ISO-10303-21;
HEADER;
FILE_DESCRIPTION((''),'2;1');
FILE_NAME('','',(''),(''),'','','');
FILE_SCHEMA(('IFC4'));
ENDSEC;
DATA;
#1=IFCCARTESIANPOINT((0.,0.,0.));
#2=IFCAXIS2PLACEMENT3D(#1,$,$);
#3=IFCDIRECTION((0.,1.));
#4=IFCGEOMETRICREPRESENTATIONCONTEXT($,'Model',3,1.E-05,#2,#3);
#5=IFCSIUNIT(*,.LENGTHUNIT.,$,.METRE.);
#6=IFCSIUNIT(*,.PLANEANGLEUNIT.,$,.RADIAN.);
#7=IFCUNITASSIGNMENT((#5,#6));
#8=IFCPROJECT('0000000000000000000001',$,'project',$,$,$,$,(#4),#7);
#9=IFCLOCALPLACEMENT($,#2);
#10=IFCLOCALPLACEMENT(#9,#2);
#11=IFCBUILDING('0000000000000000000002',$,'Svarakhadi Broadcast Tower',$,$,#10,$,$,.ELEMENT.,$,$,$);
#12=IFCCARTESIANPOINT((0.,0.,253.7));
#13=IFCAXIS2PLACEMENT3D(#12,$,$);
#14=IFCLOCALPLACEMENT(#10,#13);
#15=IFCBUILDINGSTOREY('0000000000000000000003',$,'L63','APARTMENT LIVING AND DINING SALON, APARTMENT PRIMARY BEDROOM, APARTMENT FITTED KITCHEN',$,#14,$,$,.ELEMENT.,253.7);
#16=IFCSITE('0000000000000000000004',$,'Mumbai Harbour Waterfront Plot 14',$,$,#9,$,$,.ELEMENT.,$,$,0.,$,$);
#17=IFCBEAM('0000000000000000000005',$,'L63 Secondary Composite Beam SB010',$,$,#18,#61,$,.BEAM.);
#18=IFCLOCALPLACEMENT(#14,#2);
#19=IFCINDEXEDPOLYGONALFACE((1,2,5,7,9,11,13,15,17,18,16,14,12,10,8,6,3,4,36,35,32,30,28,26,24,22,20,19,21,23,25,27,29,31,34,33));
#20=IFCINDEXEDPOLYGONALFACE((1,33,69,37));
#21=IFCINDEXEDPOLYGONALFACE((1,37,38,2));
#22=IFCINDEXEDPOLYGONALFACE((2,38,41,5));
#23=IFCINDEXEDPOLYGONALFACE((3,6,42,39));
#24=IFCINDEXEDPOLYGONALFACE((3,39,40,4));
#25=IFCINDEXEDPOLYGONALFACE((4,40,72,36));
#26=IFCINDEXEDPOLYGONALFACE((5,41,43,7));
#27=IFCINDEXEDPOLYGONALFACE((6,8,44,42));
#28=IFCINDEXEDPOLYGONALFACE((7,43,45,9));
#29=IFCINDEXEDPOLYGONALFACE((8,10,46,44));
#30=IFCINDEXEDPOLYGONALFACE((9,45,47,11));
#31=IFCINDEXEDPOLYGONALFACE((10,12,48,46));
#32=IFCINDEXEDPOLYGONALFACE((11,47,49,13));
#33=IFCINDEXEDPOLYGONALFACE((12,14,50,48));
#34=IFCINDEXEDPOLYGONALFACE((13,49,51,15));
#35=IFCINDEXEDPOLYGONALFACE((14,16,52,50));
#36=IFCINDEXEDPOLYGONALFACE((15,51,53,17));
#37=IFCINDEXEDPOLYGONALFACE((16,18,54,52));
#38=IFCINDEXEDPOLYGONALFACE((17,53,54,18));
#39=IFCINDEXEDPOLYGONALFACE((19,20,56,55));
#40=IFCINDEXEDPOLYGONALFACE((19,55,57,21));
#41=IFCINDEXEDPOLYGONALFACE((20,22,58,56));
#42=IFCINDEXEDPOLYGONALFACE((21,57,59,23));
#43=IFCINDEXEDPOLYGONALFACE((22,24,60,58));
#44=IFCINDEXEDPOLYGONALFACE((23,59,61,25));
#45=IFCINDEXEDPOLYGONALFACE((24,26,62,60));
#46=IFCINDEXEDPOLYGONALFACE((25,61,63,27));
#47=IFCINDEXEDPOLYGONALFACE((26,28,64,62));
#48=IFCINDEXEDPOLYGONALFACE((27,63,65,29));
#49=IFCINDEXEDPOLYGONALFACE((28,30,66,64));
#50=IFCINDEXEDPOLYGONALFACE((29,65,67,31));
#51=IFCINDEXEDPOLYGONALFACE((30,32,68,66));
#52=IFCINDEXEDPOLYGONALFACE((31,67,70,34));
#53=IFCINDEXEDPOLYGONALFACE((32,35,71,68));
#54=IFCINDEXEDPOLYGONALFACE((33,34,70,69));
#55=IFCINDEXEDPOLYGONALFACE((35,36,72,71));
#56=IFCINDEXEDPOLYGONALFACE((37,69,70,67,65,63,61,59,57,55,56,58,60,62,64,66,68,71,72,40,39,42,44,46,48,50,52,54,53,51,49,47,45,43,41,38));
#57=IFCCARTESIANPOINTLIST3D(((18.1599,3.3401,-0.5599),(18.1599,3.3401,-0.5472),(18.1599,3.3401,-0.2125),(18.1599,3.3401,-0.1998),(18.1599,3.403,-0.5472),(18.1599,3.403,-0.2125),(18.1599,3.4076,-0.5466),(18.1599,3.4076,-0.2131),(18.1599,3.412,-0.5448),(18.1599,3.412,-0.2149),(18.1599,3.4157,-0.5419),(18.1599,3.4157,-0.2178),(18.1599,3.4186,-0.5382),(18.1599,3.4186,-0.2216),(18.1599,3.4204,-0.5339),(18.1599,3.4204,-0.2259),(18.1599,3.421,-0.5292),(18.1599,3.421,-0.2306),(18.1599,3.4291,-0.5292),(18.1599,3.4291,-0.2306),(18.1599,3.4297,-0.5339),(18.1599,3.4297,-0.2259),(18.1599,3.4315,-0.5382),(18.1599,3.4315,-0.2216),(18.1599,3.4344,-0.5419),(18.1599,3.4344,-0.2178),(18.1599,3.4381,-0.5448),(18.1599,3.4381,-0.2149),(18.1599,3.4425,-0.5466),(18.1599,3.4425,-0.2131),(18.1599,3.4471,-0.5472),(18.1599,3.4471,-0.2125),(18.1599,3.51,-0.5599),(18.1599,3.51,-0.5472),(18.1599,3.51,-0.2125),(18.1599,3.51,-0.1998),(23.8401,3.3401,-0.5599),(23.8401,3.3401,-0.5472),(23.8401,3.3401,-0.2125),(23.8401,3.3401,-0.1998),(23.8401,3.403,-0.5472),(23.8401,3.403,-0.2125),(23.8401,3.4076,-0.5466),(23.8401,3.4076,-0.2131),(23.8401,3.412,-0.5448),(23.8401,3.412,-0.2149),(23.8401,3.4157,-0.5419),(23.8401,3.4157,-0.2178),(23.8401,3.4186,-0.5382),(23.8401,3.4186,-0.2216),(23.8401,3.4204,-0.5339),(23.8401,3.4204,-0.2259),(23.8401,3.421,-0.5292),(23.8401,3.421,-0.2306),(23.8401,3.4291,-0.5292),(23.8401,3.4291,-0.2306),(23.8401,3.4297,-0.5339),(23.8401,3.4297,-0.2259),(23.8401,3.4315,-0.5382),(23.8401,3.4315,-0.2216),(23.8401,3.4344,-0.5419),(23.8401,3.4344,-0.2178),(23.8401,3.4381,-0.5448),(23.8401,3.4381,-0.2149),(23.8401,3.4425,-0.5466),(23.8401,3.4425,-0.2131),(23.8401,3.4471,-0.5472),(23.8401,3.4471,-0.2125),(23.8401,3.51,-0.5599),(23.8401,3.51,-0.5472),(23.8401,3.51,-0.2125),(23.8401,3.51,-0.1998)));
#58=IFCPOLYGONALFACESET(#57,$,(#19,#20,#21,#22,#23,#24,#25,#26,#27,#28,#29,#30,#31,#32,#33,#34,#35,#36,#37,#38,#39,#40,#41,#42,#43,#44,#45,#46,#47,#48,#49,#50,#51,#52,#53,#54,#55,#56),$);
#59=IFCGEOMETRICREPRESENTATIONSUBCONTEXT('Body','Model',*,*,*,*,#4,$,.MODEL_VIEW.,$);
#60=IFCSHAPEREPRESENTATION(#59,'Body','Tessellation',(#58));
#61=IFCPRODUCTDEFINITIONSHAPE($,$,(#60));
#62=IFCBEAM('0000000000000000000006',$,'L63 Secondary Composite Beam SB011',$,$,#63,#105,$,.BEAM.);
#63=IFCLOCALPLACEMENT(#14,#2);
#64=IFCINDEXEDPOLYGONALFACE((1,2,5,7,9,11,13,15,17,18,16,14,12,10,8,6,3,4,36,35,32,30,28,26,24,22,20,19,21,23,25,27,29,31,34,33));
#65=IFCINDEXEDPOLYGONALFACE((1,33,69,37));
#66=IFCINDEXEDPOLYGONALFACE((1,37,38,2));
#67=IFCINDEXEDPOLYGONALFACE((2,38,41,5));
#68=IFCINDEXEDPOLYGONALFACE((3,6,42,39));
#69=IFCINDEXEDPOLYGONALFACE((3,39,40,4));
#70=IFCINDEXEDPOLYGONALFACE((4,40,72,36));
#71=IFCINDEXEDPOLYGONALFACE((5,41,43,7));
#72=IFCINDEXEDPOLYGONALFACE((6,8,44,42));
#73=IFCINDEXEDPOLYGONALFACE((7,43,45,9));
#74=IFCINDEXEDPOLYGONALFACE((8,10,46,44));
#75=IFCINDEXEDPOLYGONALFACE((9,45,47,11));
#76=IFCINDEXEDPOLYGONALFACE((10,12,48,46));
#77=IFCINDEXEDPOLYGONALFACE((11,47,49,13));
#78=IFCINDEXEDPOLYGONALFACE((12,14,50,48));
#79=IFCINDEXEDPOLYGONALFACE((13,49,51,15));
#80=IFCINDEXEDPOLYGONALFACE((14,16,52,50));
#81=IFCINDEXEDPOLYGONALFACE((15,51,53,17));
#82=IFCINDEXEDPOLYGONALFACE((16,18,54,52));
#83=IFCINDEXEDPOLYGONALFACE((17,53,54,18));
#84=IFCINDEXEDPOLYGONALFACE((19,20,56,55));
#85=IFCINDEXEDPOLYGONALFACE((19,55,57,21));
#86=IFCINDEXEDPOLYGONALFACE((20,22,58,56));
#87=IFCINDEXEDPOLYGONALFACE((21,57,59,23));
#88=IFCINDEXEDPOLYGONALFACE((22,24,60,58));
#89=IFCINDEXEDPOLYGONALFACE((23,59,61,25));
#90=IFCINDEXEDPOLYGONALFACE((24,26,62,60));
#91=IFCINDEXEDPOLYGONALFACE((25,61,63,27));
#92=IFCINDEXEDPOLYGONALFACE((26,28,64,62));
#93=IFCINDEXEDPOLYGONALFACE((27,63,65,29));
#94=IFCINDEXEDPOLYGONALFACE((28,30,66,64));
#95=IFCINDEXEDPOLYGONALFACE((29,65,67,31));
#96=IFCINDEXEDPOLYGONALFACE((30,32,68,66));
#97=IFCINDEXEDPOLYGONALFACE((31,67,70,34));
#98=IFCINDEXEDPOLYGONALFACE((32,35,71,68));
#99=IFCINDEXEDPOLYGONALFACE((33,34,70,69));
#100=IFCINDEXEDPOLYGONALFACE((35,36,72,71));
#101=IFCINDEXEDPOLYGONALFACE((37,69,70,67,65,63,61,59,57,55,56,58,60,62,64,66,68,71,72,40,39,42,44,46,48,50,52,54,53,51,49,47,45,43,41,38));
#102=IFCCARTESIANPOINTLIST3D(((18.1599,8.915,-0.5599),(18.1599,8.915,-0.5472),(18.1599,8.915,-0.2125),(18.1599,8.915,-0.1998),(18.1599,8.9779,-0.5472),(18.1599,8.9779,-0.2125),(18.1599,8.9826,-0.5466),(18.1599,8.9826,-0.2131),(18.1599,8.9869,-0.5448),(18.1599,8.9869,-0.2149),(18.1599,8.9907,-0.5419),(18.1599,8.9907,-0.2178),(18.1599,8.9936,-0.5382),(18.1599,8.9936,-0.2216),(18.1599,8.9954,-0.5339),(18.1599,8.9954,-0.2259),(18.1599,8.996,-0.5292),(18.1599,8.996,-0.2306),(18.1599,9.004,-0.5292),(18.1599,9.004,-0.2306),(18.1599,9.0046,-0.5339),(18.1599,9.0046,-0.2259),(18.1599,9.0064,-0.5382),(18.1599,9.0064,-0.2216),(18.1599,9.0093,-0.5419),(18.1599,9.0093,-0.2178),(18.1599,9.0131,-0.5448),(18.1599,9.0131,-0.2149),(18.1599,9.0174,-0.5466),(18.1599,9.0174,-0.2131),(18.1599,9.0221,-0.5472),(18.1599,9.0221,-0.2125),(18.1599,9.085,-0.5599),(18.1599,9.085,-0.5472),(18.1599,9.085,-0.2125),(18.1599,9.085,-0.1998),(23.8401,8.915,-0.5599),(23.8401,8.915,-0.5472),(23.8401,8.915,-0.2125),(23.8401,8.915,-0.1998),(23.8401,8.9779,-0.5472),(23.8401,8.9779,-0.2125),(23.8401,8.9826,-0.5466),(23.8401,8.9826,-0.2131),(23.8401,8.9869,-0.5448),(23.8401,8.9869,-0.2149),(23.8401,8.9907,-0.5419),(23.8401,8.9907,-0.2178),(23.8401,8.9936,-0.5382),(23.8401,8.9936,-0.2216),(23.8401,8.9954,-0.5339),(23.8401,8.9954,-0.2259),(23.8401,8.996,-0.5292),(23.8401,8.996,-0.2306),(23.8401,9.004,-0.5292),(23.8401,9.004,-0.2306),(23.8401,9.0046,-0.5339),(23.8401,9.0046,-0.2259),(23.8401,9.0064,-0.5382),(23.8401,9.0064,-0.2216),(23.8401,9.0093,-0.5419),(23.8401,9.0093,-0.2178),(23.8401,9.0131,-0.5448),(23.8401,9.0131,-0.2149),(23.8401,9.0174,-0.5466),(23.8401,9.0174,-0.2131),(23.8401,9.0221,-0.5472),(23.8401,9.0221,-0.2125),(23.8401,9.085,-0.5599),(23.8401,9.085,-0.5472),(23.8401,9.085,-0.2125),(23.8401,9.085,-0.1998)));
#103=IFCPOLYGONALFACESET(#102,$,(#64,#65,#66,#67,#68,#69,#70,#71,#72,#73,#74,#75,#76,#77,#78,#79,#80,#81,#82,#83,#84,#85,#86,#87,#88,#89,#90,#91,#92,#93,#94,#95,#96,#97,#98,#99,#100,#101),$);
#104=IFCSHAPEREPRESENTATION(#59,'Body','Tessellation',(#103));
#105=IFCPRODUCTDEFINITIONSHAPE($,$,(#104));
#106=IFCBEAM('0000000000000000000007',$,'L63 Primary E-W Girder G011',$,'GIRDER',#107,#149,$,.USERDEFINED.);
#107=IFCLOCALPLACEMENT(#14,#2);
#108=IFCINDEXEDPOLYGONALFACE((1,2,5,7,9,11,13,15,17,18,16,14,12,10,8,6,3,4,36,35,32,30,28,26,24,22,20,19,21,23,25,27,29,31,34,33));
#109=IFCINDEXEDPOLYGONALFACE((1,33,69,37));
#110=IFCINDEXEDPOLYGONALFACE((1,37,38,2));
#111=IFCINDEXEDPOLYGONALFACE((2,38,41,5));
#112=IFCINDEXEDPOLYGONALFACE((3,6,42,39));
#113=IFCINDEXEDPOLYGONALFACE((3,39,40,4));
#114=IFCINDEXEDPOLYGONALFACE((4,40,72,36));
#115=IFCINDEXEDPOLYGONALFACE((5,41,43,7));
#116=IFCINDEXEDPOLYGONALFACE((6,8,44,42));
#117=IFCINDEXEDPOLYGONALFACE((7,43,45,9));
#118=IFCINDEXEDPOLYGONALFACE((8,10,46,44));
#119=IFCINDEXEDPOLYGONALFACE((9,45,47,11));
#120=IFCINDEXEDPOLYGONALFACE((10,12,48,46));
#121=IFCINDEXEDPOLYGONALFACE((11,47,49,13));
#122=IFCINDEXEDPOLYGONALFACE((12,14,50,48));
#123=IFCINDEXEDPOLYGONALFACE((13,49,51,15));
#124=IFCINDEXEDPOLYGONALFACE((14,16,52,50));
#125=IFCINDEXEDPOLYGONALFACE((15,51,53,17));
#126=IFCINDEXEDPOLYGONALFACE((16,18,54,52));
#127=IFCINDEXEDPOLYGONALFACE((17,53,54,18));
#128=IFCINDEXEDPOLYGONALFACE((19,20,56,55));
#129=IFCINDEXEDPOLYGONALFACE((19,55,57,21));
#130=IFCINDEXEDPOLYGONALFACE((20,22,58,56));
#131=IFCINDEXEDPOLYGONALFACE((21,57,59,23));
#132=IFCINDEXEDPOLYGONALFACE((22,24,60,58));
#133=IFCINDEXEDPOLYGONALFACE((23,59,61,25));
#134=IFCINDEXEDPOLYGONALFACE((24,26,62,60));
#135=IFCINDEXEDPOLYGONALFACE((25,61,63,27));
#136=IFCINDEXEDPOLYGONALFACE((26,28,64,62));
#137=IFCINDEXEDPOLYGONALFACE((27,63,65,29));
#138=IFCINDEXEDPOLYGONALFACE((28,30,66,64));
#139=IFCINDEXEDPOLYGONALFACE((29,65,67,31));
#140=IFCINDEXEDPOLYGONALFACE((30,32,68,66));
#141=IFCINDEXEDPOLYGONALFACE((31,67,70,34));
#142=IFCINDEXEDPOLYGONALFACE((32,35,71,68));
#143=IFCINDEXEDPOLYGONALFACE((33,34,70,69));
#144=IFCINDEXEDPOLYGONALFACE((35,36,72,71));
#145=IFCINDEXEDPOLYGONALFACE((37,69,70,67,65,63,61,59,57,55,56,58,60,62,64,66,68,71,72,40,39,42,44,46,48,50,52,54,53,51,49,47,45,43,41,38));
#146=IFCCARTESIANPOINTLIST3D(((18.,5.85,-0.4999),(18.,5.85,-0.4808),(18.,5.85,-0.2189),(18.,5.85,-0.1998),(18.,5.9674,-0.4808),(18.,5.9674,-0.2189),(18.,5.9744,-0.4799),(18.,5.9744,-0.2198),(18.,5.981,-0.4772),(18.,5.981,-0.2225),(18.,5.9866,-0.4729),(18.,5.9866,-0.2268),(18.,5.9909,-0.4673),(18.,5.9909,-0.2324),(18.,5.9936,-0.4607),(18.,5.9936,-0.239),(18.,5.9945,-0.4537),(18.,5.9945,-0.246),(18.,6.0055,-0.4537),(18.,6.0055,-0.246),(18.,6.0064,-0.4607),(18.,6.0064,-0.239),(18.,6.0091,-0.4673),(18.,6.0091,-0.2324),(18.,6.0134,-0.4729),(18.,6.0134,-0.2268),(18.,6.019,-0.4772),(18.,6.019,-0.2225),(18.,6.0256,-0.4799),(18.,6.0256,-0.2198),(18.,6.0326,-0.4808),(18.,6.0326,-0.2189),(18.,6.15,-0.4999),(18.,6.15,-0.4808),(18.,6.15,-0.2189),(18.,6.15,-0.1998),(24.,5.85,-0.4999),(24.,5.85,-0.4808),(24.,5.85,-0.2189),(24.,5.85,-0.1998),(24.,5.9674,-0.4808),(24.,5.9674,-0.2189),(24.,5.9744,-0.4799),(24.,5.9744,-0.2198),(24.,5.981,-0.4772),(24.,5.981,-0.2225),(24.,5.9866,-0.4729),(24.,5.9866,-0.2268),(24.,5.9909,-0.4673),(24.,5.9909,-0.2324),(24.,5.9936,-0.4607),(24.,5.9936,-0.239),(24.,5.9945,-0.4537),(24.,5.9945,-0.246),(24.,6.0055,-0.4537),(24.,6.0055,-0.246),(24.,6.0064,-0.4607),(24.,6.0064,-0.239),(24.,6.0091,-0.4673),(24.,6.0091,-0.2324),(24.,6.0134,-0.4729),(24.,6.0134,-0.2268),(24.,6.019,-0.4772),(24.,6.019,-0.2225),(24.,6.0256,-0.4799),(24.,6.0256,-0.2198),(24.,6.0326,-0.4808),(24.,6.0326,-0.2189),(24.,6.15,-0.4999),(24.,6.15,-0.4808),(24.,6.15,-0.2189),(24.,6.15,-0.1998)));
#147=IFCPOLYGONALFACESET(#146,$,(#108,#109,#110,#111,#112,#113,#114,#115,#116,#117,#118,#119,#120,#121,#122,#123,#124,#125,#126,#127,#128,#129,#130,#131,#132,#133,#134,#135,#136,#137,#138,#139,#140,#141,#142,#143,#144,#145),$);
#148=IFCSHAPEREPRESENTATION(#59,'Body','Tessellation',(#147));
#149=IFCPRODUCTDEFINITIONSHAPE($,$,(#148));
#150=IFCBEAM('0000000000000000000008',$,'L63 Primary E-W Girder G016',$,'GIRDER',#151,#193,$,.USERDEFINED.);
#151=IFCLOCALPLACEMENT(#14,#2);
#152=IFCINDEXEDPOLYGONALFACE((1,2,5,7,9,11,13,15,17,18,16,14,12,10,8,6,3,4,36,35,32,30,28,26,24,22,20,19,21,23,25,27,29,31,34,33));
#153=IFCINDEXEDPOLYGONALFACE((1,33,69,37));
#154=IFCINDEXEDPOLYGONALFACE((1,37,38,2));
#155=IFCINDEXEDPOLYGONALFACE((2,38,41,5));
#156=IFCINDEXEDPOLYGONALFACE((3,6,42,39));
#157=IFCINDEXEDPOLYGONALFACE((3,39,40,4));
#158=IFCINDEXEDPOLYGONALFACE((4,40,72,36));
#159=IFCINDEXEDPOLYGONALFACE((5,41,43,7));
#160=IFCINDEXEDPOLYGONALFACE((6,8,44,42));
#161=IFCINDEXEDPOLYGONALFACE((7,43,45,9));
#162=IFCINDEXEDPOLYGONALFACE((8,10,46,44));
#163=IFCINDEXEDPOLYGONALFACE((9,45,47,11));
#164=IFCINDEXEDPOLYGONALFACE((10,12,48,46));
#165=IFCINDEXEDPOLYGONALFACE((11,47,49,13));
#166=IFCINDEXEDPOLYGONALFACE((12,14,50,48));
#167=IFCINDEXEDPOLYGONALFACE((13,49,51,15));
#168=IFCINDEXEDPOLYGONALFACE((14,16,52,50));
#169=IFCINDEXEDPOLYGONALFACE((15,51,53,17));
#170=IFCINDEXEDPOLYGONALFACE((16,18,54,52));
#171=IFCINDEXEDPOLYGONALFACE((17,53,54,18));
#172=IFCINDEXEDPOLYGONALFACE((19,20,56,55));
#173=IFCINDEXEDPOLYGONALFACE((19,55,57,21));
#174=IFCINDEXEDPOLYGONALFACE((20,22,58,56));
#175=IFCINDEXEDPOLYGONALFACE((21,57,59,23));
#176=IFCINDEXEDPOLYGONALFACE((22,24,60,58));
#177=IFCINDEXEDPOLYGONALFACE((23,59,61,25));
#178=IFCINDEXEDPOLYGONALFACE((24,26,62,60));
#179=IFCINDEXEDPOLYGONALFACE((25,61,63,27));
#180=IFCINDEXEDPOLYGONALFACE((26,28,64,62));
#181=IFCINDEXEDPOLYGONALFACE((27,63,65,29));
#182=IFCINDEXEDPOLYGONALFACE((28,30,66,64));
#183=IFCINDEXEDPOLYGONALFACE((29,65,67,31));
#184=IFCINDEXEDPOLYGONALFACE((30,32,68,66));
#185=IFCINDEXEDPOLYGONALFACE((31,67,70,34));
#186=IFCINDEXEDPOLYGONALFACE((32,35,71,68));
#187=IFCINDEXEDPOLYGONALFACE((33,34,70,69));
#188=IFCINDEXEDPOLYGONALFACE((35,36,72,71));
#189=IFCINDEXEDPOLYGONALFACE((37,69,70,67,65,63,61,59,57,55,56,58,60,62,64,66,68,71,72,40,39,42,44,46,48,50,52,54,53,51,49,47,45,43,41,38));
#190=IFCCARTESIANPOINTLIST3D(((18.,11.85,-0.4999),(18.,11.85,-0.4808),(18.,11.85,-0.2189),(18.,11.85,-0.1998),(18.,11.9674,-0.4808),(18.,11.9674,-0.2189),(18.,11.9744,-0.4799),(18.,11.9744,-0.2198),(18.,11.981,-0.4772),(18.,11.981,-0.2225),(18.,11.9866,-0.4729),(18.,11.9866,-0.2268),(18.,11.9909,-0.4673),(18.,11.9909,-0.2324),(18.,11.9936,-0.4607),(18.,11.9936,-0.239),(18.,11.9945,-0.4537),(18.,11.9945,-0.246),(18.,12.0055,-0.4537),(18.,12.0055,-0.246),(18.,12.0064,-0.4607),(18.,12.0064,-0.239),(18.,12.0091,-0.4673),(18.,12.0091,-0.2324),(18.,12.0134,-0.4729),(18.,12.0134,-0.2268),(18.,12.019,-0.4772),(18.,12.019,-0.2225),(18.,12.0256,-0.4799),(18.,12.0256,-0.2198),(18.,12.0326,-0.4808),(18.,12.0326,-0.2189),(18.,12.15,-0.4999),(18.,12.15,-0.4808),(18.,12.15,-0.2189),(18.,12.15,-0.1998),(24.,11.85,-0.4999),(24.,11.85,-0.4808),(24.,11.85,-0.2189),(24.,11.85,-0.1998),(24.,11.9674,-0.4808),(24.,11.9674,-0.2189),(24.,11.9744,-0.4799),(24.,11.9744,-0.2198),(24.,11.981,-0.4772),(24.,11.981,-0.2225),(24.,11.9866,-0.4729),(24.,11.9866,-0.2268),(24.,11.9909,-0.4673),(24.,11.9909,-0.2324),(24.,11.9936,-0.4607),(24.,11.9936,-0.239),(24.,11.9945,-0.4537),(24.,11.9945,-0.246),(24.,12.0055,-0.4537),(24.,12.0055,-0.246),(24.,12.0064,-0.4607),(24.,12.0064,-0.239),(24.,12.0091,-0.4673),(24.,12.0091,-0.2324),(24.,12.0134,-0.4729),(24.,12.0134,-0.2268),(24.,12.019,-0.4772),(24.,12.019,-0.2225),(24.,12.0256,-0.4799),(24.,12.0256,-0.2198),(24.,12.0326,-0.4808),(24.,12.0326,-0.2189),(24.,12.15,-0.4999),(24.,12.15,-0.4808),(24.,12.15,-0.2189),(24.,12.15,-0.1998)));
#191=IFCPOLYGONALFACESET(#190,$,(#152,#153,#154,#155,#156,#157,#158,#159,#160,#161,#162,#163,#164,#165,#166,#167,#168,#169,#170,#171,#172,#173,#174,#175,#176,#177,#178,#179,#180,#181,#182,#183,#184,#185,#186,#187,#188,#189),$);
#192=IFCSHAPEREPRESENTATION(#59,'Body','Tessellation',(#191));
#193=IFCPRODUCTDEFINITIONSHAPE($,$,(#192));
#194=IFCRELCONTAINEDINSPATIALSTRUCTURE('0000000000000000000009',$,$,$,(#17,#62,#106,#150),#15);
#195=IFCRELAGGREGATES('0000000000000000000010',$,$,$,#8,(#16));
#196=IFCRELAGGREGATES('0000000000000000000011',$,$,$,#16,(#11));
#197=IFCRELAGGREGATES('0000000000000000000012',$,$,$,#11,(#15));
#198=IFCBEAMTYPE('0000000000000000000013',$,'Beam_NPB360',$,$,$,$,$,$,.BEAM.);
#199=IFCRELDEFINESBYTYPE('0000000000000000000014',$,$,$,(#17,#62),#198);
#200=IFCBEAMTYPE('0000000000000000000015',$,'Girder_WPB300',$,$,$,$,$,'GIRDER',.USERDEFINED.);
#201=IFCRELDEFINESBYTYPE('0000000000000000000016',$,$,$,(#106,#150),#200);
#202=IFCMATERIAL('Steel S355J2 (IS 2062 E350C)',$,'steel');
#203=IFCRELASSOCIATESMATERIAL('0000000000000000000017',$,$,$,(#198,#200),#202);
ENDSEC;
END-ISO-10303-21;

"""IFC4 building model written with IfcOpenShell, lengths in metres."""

from ifc_helpers import new_model, si_unit, direction, frame, origin, origin_2d, place, context, subcontext, project, spatial, i_section, extrude, material, material_profile, profile_set, type_object, element, save


model = new_model("IFC4")

# Units and contexts
model_context = context("Model", 3, precision=1e-05, world=origin(), true_north=direction((0.0, 1.0)))
body_context = subcontext(model_context, "Body", "Model", "MODEL_VIEW")
ifc_project = project(units=[si_unit("LENGTHUNIT", "METRE"), si_unit("PLANEANGLEUNIT", "RADIAN")], contexts=[model_context])

# Site, building, storey
site_placement = place(None, origin())
site = spatial("IfcSite", under=ifc_project, at=site_placement, Name="Mumbai Harbour Waterfront Plot 14", CompositionType="ELEMENT", RefElevation=0.0)
building_placement = place(site_placement, origin())
building = spatial("IfcBuilding", under=site, at=building_placement, Name="Svarakhadi Broadcast Tower", CompositionType="ELEMENT")
storey_placement = place(building_placement, frame((0.0, 0.0, 253.7)))
storey = spatial("IfcBuildingStorey", under=building, at=storey_placement, Name="L63", Description="APARTMENT LIVING AND DINING SALON, APARTMENT PRIMARY BEDROOM, APARTMENT FITTED KITCHEN", CompositionType="ELEMENT", Elevation=253.7)

# Beams
ifc_material_1 = material(Name="Steel S355J2 (IS 2062 E350C)", Category="steel")
ifc_material_profile_1 = material_profile(ifc_material_1, i_section(OverallWidth=0.1699, OverallDepth=0.3601, WebThickness=0.0081, FlangeThickness=0.0127, FilletRadius=0.0181, at=origin_2d()), Name="NPB 360x170x57")
ifc_profile_set_1 = profile_set([ifc_material_profile_1], Name="Steel S355J2 (IS 2062 E350C)")
beam_type_1 = type_object("IfcBeamType", Name="Beam_NPB360", PredefinedType="BEAM", material=ifc_profile_set_1)
for number, where, z_axis, x_axis, name in (
    (1, (18.1599, 3.425, -0.3799), (1.0, 0.0, 0.0), (0.0, 1.0, 0.0), "L63 Secondary Composite Beam SB010"),
    (2, (18.1599, 9.0, -0.3799), (1.0, 0.0, 0.0), (0.0, 1.0, 0.0), "L63 Secondary Composite Beam SB011"),
):
    element("IfcBeam", number, at=place(storey_placement, frame(where, z_axis=z_axis, x_axis=x_axis)), inside=storey, type_object=beam_type_1, Name=name, PredefinedType="BEAM", context=body_context, shape_type="SweptSolid", body=[
        extrude(i_section(OverallWidth=0.1699, OverallDepth=0.3601, WebThickness=0.0081, FlangeThickness=0.0127, FilletRadius=0.0181, at=origin_2d()), origin(), (0.0, 0.0, 1.0), 5.6802),
    ])
ifc_material_profile_2 = material_profile(ifc_material_1, i_section(OverallWidth=0.3, OverallDepth=0.3, WebThickness=0.011, FlangeThickness=0.019, FilletRadius=0.0271, at=origin_2d()), Name="WPB 300x300x117")
ifc_profile_set_2 = profile_set([ifc_material_profile_2], Name="Steel S355J2 (IS 2062 E350C)")
beam_type_2 = type_object("IfcBeamType", Name="Girder_WPB300", ElementType="GIRDER", PredefinedType="USERDEFINED", material=ifc_profile_set_2)
for number, where, z_axis, x_axis, name in (
    (3, (18.0, 6.0, -0.3499), (1.0, 0.0, 0.0), (0.0, 1.0, 0.0), "L63 Primary E-W Girder G011"),
    (4, (18.0, 12.0, -0.3499), (1.0, 0.0, 0.0), (0.0, 1.0, 0.0), "L63 Primary E-W Girder G016"),
):
    element("IfcBeam", number, at=place(storey_placement, frame(where, z_axis=z_axis, x_axis=x_axis)), inside=storey, type_object=beam_type_2, Name=name, ObjectType="GIRDER", PredefinedType="USERDEFINED", context=body_context, shape_type="SweptSolid", body=[
        extrude(i_section(OverallWidth=0.3, OverallDepth=0.3, WebThickness=0.011, FlangeThickness=0.019, FilletRadius=0.0271, at=origin_2d()), origin(), (0.0, 0.0, 1.0), 6.0),
    ])

save(model, "model.ifc")
